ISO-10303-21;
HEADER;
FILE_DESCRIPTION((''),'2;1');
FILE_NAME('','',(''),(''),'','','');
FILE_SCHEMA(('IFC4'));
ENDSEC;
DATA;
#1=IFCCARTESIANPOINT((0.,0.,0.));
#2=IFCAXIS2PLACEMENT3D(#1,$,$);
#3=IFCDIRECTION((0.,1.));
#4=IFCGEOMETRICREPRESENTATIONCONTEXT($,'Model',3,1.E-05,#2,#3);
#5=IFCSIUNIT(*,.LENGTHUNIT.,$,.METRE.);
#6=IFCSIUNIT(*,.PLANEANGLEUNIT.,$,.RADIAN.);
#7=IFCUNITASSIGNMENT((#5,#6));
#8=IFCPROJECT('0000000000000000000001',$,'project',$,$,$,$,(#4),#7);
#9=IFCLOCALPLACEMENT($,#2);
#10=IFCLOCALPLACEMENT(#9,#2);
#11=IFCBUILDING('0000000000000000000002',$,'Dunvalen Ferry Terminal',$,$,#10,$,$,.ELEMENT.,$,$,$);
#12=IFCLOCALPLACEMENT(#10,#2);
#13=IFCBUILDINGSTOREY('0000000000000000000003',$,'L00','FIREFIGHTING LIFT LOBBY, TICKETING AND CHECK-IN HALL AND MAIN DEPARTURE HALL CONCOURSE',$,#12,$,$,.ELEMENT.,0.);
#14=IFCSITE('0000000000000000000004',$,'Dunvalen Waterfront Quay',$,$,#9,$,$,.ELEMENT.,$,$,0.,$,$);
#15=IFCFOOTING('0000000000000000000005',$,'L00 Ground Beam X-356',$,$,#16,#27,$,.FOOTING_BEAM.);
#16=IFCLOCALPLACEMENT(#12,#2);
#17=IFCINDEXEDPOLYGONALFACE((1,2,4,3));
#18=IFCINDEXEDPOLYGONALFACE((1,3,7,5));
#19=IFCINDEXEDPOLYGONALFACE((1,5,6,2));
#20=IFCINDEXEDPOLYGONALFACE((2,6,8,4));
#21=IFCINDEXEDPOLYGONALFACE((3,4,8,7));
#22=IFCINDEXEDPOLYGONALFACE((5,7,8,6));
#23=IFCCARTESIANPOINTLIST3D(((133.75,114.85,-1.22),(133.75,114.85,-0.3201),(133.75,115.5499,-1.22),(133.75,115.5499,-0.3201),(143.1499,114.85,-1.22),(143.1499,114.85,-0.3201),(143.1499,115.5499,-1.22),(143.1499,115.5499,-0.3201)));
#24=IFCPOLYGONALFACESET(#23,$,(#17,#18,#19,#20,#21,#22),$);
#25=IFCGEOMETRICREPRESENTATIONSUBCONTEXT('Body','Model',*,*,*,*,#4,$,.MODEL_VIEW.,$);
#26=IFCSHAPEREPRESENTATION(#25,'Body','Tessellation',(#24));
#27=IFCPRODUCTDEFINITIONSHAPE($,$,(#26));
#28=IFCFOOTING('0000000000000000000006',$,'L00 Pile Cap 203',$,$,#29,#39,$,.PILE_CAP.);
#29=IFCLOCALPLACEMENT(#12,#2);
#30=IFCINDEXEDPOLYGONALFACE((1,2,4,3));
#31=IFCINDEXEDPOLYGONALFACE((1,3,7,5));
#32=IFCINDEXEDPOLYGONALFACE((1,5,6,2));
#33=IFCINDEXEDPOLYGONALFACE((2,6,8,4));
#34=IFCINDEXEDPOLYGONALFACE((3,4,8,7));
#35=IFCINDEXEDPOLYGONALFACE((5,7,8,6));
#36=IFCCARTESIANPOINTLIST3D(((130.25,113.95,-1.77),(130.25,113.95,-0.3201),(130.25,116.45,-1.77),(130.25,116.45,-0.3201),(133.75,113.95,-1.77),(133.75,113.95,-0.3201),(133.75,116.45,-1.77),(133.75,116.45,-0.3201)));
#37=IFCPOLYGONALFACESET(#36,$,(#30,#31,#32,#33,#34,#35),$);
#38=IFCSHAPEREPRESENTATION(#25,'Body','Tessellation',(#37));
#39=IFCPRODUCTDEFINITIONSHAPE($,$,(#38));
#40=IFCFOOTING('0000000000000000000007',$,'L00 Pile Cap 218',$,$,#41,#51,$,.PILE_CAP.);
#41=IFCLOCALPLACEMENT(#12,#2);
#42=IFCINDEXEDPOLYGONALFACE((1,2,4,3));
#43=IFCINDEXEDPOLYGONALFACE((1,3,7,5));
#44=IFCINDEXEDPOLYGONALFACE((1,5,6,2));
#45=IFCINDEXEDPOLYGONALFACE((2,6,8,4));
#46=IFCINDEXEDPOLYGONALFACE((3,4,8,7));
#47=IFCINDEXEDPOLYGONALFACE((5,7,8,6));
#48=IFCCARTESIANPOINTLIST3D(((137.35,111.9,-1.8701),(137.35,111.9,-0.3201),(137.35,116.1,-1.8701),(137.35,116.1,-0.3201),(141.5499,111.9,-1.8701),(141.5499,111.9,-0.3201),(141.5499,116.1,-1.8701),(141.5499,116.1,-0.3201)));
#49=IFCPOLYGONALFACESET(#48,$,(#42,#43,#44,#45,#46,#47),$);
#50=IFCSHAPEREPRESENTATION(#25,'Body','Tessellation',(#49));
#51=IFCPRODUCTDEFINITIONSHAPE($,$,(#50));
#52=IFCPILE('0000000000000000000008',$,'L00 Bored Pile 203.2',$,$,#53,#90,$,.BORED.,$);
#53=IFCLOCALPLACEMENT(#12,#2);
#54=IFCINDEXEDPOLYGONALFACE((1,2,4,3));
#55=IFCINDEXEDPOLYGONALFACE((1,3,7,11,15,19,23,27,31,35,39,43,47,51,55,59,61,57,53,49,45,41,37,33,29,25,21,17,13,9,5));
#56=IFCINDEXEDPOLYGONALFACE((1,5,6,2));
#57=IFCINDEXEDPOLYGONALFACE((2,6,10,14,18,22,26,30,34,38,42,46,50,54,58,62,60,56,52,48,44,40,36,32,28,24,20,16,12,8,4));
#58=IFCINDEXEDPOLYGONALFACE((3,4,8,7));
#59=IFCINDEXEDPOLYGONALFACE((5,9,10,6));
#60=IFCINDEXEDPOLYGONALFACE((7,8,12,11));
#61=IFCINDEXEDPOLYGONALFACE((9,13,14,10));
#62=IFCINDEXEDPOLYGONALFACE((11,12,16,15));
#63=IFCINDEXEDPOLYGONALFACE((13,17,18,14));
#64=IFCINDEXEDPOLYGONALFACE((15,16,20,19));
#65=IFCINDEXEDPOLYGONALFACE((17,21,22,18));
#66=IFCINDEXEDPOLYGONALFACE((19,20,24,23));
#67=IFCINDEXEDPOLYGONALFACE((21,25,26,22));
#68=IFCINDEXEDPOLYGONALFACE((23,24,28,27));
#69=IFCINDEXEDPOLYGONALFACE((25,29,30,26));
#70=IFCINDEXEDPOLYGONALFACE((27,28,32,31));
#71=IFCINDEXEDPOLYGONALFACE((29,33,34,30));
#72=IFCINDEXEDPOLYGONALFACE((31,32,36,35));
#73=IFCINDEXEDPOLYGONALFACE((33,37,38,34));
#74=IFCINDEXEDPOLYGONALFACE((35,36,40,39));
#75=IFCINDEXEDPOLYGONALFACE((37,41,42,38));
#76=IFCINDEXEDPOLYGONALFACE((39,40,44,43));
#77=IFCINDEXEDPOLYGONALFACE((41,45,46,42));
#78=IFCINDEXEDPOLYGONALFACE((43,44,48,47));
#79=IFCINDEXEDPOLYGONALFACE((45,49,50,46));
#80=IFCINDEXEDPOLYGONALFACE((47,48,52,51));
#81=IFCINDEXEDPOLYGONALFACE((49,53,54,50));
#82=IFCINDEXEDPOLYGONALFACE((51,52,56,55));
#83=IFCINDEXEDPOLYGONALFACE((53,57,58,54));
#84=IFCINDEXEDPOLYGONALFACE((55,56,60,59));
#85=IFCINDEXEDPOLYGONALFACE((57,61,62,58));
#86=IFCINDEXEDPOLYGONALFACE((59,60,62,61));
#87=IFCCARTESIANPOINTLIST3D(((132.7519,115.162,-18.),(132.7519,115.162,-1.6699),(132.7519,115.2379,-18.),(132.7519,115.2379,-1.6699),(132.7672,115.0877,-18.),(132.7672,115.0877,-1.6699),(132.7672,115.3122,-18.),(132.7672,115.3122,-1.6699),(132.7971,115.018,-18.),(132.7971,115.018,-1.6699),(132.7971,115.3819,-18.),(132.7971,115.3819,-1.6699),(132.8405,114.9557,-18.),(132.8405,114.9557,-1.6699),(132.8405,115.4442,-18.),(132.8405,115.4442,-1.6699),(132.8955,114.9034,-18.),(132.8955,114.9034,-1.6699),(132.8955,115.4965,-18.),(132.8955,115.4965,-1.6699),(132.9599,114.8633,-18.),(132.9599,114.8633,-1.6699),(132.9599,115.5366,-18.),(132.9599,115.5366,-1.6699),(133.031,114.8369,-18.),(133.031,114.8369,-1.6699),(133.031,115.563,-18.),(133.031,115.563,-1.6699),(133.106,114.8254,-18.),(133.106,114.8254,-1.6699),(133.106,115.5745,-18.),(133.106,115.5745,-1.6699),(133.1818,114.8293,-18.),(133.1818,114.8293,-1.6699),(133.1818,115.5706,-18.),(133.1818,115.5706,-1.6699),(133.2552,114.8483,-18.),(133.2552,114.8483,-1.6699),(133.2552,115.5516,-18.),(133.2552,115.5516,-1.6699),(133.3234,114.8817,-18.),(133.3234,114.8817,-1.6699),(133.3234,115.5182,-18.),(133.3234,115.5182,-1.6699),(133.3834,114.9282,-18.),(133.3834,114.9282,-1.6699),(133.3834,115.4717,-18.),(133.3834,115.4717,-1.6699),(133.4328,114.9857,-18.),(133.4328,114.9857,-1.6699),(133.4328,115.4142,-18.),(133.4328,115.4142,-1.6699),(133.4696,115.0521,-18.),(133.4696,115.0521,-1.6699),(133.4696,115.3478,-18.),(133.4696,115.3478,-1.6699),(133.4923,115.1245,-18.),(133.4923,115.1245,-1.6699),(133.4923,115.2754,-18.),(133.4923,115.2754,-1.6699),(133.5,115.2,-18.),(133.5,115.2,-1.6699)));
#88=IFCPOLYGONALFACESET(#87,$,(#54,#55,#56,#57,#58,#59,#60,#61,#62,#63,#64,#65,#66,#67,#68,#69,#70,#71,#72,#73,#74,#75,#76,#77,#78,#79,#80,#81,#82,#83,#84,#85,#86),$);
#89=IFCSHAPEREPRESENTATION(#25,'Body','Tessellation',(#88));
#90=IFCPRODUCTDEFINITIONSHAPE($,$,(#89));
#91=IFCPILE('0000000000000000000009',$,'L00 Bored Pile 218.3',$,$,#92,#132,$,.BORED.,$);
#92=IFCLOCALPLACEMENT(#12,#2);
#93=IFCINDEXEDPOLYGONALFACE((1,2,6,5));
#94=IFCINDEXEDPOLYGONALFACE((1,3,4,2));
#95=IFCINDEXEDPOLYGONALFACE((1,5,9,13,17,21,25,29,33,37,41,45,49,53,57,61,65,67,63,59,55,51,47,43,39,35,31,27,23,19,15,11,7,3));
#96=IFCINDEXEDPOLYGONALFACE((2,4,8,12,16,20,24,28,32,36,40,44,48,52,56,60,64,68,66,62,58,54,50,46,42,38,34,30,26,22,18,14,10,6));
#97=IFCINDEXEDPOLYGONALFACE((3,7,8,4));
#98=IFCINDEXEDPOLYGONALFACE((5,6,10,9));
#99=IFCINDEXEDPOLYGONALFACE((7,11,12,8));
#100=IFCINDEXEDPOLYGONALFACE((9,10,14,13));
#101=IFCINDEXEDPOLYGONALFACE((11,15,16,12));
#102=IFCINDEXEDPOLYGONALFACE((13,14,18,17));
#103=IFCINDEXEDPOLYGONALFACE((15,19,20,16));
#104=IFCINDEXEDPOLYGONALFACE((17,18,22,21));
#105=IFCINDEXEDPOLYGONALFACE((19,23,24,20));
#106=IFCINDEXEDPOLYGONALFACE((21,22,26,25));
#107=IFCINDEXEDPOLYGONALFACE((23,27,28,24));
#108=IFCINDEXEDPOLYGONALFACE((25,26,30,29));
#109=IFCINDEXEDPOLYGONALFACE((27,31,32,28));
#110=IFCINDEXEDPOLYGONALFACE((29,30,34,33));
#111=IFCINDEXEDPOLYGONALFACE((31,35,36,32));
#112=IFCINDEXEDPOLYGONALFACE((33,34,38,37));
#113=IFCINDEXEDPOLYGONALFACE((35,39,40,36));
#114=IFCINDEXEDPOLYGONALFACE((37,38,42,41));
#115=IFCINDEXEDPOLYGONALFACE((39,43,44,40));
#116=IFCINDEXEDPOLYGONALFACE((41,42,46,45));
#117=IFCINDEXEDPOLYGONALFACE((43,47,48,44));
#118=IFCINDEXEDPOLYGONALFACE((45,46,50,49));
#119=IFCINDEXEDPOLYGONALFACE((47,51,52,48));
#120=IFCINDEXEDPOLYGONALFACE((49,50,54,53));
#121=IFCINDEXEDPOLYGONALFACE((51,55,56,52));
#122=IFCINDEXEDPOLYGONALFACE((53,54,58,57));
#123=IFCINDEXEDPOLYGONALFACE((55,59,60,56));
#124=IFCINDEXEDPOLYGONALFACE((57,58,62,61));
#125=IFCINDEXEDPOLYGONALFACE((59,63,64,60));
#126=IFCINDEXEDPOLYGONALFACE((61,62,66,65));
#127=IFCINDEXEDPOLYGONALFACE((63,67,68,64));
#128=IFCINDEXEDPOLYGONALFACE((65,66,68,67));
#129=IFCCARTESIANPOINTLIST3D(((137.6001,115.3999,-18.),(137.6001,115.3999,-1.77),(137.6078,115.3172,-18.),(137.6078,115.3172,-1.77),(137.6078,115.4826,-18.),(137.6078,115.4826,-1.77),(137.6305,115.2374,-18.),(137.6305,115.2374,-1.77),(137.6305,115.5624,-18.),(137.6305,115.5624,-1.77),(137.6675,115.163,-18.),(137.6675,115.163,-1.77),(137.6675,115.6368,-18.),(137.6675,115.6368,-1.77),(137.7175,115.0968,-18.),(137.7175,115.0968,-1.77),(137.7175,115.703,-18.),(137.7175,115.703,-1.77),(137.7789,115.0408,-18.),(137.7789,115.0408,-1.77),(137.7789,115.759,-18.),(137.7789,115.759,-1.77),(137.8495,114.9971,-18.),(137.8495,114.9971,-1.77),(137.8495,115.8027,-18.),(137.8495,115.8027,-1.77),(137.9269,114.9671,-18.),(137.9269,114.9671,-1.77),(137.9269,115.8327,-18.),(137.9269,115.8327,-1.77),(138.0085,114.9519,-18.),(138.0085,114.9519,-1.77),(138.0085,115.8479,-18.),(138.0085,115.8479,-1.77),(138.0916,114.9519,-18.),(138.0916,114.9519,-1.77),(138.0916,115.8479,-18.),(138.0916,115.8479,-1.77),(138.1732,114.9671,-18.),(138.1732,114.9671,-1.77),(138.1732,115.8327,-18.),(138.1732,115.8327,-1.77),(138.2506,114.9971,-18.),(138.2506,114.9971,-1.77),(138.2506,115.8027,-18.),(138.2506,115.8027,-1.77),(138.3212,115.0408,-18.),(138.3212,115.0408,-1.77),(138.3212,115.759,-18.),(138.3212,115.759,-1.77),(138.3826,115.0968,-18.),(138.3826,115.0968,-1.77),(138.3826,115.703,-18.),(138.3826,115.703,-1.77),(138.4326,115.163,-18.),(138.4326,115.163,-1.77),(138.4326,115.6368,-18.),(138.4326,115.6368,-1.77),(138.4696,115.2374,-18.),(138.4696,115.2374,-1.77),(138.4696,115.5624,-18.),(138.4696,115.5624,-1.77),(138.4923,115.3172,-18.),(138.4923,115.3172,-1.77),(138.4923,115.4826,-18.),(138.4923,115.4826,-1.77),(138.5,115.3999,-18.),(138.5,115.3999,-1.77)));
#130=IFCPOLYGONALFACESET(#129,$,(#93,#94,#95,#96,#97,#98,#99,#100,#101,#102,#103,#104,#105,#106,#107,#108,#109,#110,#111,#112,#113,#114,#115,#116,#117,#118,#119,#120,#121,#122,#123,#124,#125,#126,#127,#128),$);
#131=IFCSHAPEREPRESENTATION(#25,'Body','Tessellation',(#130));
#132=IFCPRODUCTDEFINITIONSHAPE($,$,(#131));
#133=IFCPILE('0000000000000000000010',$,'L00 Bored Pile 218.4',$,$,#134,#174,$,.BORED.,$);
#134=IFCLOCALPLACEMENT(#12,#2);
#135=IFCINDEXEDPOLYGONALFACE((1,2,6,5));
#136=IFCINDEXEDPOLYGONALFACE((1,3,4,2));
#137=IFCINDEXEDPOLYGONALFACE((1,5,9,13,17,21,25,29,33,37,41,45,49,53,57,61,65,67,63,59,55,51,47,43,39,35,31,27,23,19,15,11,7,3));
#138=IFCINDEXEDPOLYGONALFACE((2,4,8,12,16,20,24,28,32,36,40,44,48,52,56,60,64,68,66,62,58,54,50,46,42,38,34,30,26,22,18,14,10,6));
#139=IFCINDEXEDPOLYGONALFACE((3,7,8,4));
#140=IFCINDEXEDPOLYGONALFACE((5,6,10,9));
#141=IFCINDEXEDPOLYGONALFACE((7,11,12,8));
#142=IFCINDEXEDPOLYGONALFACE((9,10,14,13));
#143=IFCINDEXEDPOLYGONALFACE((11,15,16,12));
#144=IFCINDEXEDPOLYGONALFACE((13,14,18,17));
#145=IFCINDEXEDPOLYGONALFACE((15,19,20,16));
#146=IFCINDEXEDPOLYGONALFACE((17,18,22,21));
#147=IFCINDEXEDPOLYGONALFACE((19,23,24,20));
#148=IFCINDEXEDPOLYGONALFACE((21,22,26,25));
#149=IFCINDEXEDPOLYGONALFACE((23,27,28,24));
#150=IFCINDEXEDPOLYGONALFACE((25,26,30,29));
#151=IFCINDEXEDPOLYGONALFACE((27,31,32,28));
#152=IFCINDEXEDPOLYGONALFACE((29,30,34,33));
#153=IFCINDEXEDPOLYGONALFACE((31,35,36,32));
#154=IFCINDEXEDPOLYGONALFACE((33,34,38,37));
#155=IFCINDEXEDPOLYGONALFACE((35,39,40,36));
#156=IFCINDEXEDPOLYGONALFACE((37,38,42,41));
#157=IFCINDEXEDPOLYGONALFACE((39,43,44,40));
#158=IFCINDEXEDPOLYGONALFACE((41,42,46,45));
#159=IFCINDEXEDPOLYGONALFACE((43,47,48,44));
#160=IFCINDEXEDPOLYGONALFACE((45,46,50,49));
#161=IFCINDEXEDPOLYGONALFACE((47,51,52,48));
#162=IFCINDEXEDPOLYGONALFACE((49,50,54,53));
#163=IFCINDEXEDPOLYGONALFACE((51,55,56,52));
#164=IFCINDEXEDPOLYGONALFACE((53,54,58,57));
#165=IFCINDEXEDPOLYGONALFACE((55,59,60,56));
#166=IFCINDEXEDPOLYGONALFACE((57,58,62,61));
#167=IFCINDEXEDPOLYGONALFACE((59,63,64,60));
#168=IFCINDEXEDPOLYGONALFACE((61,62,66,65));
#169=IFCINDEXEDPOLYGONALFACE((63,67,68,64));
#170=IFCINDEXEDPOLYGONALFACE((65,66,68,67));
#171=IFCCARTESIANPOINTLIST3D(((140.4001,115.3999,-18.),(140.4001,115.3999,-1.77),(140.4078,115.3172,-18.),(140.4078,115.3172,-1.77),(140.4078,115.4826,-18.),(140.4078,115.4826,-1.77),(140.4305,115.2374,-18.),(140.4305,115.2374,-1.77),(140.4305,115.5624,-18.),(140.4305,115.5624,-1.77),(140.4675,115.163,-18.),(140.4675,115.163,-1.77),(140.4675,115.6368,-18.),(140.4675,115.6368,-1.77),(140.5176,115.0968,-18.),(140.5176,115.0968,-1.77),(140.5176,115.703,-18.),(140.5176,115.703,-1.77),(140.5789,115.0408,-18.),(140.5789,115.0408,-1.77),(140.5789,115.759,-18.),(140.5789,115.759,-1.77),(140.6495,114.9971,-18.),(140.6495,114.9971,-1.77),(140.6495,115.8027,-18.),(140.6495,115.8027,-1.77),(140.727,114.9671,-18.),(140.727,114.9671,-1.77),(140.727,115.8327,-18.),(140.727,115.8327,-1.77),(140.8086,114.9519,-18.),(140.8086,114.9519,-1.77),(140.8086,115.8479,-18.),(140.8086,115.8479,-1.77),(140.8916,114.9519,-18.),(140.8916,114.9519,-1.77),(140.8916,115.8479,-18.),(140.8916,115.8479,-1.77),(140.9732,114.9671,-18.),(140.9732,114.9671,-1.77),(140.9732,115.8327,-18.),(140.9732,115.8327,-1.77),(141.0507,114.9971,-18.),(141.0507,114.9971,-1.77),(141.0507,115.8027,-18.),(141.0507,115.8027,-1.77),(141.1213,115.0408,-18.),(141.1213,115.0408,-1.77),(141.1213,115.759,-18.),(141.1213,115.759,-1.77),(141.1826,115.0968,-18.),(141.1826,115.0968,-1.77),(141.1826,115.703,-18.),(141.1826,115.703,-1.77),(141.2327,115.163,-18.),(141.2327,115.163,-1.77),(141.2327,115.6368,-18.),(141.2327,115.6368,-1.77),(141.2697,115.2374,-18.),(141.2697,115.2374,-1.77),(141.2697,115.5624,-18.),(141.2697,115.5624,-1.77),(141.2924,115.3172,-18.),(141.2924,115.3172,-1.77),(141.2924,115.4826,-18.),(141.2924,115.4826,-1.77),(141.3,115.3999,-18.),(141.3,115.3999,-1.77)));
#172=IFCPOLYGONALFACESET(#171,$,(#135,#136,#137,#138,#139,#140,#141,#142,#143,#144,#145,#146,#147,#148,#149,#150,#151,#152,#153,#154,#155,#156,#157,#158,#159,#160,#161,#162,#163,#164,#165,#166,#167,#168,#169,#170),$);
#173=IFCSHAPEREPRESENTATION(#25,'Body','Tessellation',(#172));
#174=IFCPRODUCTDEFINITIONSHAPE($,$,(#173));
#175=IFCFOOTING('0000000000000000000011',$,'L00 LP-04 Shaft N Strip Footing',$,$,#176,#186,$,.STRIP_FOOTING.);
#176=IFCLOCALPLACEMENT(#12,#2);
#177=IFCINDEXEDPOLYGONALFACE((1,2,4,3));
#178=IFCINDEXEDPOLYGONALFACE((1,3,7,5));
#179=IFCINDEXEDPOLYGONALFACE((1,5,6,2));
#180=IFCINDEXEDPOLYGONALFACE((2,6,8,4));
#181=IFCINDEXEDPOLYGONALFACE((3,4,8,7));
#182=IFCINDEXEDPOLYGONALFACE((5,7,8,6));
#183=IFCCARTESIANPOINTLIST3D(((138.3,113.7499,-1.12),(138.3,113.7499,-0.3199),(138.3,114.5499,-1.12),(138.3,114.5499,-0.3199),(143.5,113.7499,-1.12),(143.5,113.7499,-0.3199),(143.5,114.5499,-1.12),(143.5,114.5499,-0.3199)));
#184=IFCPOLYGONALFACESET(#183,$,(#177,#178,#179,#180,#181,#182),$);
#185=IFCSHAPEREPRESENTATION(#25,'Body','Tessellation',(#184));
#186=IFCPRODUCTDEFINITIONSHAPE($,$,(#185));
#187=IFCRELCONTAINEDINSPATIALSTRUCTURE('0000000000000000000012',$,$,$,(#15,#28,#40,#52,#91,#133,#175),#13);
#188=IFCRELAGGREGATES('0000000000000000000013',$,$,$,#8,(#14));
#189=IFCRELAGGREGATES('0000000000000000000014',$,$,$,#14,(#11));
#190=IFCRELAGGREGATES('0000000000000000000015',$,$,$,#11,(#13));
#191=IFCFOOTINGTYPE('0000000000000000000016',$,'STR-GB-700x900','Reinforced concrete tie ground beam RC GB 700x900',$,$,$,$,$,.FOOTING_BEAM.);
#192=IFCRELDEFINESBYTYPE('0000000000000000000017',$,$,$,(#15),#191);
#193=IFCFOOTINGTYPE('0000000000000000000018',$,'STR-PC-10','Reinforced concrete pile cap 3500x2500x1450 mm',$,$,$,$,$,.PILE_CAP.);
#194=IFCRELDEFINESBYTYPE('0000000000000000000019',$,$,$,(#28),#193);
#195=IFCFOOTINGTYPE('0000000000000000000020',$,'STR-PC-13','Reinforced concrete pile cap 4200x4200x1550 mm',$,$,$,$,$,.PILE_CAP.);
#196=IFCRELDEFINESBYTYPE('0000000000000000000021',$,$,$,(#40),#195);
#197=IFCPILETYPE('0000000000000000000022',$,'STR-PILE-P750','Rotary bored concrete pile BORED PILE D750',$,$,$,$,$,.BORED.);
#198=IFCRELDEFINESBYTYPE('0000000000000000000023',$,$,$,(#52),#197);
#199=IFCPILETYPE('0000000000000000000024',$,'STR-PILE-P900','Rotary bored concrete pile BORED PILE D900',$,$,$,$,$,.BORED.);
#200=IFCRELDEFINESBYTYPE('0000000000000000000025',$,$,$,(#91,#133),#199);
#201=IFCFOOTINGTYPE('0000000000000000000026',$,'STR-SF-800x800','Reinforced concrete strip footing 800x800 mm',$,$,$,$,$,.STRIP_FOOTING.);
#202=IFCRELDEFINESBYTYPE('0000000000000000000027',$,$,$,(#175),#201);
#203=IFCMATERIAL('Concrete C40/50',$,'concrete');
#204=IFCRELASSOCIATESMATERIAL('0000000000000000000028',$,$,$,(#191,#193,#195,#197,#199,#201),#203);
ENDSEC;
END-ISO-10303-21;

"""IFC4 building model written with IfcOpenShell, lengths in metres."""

from ifc_helpers import new_model, si_unit, direction, frame, origin, origin_2d, place, context, subcontext, project, spatial, rectangle, circle, extrude, material, material_profile, profile_set, type_object, element, save


model = new_model("IFC4")

# Units and contexts
model_context = context("Model", 3, precision=1e-05, world=origin(), true_north=direction((0.0, 1.0)))
body_context = subcontext(model_context, "Body", "Model", "MODEL_VIEW")
ifc_project = project(units=[si_unit("LENGTHUNIT", "METRE"), si_unit("PLANEANGLEUNIT", "RADIAN")], contexts=[model_context])

# Site, building, storey
site_placement = place(None, origin())
site = spatial("IfcSite", under=ifc_project, at=site_placement, Name="Dunvalen Waterfront Quay", CompositionType="ELEMENT", RefElevation=0.0)
building_placement = place(site_placement, origin())
building = spatial("IfcBuilding", under=site, at=building_placement, Name="Dunvalen Ferry Terminal", CompositionType="ELEMENT")
storey_placement = place(building_placement, origin())
storey = spatial("IfcBuildingStorey", under=building, at=storey_placement, Name="L00", Description="FIREFIGHTING LIFT LOBBY, TICKETING AND CHECK-IN HALL AND MAIN DEPARTURE HALL CONCOURSE", CompositionType="ELEMENT", Elevation=0.0)

# Footings
ifc_material_1 = material(Name="Concrete C40/50", Category="concrete")
ifc_material_profile_1 = material_profile(ifc_material_1, rectangle(XDim=0.7, YDim=0.8999, at=origin_2d()), Name="Concrete C40/50")
ifc_profile_set_1 = profile_set([ifc_material_profile_1], Name="Concrete C40/50")
footing_type_1 = type_object("IfcFootingType", Name="STR-GB-700x900", Description="Reinforced concrete tie ground beam RC GB 700x900", PredefinedType="FOOTING_BEAM", material=ifc_profile_set_1)
footing_1_placement = place(storey_placement, frame((133.75, 115.2, -0.77), z_axis=(1.0, 0.0, 0.0), x_axis=(0.0, 1.0, 0.0)))
element("IfcFooting", 1, at=footing_1_placement, inside=storey, type_object=footing_type_1, Name="L00 Ground Beam X-356", PredefinedType="FOOTING_BEAM", context=body_context, shape_type="SweptSolid", body=[
    extrude(rectangle(XDim=0.7, YDim=0.8999, at=origin_2d()), origin(), (0.0, 0.0, 1.0), 9.3999),
])
footing_type_2 = type_object("IfcFootingType", Name="STR-PC-10", Description="Reinforced concrete pile cap 3500x2500x1450 mm", PredefinedType="PILE_CAP", material=ifc_material_1)
footing_2_placement = place(storey_placement, frame((132.0, 115.2, -1.77), z_axis=(0.0, 0.0, 1.0), x_axis=(1.0, 0.0, 0.0)))
element("IfcFooting", 2, at=footing_2_placement, inside=storey, type_object=footing_type_2, Name="L00 Pile Cap 203", PredefinedType="PILE_CAP", context=body_context, shape_type="SweptSolid", body=[
    extrude(rectangle(XDim=3.5, YDim=2.5, at=origin_2d()), origin(), (0.0, 0.0, 1.0), 1.45),
])
footing_type_3 = type_object("IfcFootingType", Name="STR-PC-13", Description="Reinforced concrete pile cap 4200x4200x1550 mm", PredefinedType="PILE_CAP", material=ifc_material_1)
footing_3_placement = place(storey_placement, frame((139.45, 114.0, -1.8701), z_axis=(0.0, 0.0, 1.0), x_axis=(1.0, 0.0, 0.0)))
element("IfcFooting", 3, at=footing_3_placement, inside=storey, type_object=footing_type_3, Name="L00 Pile Cap 218", PredefinedType="PILE_CAP", context=body_context, shape_type="SweptSolid", body=[
    extrude(rectangle(XDim=4.2, YDim=4.2, at=origin_2d()), origin(), (0.0, 0.0, 1.0), 1.55),
])

# Piles
ifc_material_profile_2 = material_profile(ifc_material_1, circle(Radius=0.375, at=origin_2d()), Name="Concrete C40/50")
ifc_profile_set_2 = profile_set([ifc_material_profile_2], Name="Concrete C40/50")
pile_type_1 = type_object("IfcPileType", Name="STR-PILE-P750", Description="Rotary bored concrete pile BORED PILE D750", PredefinedType="BORED", material=ifc_profile_set_2)
pile_placement = place(storey_placement, frame((133.125, 115.2, -1.6699), z_axis=(0.0, 0.0, -1.0), x_axis=(1.0, 0.0, 0.0)))
element("IfcPile", 4, at=pile_placement, inside=storey, type_object=pile_type_1, Name="L00 Bored Pile 203.2", PredefinedType="BORED", context=body_context, shape_type="SweptSolid", body=[
    extrude(circle(Radius=0.375, at=origin_2d()), origin(), (0.0, 0.0, 1.0), 16.3301),
])
ifc_material_profile_3 = material_profile(ifc_material_1, circle(Radius=0.45, at=origin_2d()), Name="Concrete C40/50")
ifc_profile_set_3 = profile_set([ifc_material_profile_3], Name="Concrete C40/50")
pile_type_2 = type_object("IfcPileType", Name="STR-PILE-P900", Description="Rotary bored concrete pile BORED PILE D900", PredefinedType="BORED", material=ifc_profile_set_3)
for number, where, z_axis, x_axis, name in (
    (5, (138.05, 115.3999, -1.77), (0.0, 0.0, -1.0), (1.0, 0.0, 0.0), "L00 Bored Pile 218.3"),
    (6, (140.8501, 115.3999, -1.77), (0.0, 0.0, -1.0), (1.0, 0.0, 0.0), "L00 Bored Pile 218.4"),
):
    element("IfcPile", number, at=place(storey_placement, frame(where, z_axis=z_axis, x_axis=x_axis)), inside=storey, type_object=pile_type_2, Name=name, PredefinedType="BORED", context=body_context, shape_type="SweptSolid", body=[
        extrude(circle(Radius=0.45, at=origin_2d()), origin(), (0.0, 0.0, 1.0), 16.23),
    ])

# Footing
ifc_material_profile_4 = material_profile(ifc_material_1, rectangle(XDim=0.8, YDim=0.8, at=origin_2d()), Name="Concrete C40/50")
ifc_profile_set_4 = profile_set([ifc_material_profile_4], Name="Concrete C40/50")
footing_type_4 = type_object("IfcFootingType", Name="STR-SF-800x800", Description="Reinforced concrete strip footing 800x800 mm", PredefinedType="STRIP_FOOTING", material=ifc_profile_set_4)
footing_4_placement = place(storey_placement, frame((138.3, 114.1499, -0.72), z_axis=(1.0, 0.0, 0.0), x_axis=(0.0, 1.0, 0.0)))
element("IfcFooting", 7, at=footing_4_placement, inside=storey, type_object=footing_type_4, Name="L00 LP-04 Shaft N Strip Footing", PredefinedType="STRIP_FOOTING", context=body_context, shape_type="SweptSolid", body=[
    extrude(rectangle(XDim=0.8, YDim=0.8, at=origin_2d()), origin(), (0.0, 0.0, 1.0), 5.2),
])

save(model, "model.ifc")
